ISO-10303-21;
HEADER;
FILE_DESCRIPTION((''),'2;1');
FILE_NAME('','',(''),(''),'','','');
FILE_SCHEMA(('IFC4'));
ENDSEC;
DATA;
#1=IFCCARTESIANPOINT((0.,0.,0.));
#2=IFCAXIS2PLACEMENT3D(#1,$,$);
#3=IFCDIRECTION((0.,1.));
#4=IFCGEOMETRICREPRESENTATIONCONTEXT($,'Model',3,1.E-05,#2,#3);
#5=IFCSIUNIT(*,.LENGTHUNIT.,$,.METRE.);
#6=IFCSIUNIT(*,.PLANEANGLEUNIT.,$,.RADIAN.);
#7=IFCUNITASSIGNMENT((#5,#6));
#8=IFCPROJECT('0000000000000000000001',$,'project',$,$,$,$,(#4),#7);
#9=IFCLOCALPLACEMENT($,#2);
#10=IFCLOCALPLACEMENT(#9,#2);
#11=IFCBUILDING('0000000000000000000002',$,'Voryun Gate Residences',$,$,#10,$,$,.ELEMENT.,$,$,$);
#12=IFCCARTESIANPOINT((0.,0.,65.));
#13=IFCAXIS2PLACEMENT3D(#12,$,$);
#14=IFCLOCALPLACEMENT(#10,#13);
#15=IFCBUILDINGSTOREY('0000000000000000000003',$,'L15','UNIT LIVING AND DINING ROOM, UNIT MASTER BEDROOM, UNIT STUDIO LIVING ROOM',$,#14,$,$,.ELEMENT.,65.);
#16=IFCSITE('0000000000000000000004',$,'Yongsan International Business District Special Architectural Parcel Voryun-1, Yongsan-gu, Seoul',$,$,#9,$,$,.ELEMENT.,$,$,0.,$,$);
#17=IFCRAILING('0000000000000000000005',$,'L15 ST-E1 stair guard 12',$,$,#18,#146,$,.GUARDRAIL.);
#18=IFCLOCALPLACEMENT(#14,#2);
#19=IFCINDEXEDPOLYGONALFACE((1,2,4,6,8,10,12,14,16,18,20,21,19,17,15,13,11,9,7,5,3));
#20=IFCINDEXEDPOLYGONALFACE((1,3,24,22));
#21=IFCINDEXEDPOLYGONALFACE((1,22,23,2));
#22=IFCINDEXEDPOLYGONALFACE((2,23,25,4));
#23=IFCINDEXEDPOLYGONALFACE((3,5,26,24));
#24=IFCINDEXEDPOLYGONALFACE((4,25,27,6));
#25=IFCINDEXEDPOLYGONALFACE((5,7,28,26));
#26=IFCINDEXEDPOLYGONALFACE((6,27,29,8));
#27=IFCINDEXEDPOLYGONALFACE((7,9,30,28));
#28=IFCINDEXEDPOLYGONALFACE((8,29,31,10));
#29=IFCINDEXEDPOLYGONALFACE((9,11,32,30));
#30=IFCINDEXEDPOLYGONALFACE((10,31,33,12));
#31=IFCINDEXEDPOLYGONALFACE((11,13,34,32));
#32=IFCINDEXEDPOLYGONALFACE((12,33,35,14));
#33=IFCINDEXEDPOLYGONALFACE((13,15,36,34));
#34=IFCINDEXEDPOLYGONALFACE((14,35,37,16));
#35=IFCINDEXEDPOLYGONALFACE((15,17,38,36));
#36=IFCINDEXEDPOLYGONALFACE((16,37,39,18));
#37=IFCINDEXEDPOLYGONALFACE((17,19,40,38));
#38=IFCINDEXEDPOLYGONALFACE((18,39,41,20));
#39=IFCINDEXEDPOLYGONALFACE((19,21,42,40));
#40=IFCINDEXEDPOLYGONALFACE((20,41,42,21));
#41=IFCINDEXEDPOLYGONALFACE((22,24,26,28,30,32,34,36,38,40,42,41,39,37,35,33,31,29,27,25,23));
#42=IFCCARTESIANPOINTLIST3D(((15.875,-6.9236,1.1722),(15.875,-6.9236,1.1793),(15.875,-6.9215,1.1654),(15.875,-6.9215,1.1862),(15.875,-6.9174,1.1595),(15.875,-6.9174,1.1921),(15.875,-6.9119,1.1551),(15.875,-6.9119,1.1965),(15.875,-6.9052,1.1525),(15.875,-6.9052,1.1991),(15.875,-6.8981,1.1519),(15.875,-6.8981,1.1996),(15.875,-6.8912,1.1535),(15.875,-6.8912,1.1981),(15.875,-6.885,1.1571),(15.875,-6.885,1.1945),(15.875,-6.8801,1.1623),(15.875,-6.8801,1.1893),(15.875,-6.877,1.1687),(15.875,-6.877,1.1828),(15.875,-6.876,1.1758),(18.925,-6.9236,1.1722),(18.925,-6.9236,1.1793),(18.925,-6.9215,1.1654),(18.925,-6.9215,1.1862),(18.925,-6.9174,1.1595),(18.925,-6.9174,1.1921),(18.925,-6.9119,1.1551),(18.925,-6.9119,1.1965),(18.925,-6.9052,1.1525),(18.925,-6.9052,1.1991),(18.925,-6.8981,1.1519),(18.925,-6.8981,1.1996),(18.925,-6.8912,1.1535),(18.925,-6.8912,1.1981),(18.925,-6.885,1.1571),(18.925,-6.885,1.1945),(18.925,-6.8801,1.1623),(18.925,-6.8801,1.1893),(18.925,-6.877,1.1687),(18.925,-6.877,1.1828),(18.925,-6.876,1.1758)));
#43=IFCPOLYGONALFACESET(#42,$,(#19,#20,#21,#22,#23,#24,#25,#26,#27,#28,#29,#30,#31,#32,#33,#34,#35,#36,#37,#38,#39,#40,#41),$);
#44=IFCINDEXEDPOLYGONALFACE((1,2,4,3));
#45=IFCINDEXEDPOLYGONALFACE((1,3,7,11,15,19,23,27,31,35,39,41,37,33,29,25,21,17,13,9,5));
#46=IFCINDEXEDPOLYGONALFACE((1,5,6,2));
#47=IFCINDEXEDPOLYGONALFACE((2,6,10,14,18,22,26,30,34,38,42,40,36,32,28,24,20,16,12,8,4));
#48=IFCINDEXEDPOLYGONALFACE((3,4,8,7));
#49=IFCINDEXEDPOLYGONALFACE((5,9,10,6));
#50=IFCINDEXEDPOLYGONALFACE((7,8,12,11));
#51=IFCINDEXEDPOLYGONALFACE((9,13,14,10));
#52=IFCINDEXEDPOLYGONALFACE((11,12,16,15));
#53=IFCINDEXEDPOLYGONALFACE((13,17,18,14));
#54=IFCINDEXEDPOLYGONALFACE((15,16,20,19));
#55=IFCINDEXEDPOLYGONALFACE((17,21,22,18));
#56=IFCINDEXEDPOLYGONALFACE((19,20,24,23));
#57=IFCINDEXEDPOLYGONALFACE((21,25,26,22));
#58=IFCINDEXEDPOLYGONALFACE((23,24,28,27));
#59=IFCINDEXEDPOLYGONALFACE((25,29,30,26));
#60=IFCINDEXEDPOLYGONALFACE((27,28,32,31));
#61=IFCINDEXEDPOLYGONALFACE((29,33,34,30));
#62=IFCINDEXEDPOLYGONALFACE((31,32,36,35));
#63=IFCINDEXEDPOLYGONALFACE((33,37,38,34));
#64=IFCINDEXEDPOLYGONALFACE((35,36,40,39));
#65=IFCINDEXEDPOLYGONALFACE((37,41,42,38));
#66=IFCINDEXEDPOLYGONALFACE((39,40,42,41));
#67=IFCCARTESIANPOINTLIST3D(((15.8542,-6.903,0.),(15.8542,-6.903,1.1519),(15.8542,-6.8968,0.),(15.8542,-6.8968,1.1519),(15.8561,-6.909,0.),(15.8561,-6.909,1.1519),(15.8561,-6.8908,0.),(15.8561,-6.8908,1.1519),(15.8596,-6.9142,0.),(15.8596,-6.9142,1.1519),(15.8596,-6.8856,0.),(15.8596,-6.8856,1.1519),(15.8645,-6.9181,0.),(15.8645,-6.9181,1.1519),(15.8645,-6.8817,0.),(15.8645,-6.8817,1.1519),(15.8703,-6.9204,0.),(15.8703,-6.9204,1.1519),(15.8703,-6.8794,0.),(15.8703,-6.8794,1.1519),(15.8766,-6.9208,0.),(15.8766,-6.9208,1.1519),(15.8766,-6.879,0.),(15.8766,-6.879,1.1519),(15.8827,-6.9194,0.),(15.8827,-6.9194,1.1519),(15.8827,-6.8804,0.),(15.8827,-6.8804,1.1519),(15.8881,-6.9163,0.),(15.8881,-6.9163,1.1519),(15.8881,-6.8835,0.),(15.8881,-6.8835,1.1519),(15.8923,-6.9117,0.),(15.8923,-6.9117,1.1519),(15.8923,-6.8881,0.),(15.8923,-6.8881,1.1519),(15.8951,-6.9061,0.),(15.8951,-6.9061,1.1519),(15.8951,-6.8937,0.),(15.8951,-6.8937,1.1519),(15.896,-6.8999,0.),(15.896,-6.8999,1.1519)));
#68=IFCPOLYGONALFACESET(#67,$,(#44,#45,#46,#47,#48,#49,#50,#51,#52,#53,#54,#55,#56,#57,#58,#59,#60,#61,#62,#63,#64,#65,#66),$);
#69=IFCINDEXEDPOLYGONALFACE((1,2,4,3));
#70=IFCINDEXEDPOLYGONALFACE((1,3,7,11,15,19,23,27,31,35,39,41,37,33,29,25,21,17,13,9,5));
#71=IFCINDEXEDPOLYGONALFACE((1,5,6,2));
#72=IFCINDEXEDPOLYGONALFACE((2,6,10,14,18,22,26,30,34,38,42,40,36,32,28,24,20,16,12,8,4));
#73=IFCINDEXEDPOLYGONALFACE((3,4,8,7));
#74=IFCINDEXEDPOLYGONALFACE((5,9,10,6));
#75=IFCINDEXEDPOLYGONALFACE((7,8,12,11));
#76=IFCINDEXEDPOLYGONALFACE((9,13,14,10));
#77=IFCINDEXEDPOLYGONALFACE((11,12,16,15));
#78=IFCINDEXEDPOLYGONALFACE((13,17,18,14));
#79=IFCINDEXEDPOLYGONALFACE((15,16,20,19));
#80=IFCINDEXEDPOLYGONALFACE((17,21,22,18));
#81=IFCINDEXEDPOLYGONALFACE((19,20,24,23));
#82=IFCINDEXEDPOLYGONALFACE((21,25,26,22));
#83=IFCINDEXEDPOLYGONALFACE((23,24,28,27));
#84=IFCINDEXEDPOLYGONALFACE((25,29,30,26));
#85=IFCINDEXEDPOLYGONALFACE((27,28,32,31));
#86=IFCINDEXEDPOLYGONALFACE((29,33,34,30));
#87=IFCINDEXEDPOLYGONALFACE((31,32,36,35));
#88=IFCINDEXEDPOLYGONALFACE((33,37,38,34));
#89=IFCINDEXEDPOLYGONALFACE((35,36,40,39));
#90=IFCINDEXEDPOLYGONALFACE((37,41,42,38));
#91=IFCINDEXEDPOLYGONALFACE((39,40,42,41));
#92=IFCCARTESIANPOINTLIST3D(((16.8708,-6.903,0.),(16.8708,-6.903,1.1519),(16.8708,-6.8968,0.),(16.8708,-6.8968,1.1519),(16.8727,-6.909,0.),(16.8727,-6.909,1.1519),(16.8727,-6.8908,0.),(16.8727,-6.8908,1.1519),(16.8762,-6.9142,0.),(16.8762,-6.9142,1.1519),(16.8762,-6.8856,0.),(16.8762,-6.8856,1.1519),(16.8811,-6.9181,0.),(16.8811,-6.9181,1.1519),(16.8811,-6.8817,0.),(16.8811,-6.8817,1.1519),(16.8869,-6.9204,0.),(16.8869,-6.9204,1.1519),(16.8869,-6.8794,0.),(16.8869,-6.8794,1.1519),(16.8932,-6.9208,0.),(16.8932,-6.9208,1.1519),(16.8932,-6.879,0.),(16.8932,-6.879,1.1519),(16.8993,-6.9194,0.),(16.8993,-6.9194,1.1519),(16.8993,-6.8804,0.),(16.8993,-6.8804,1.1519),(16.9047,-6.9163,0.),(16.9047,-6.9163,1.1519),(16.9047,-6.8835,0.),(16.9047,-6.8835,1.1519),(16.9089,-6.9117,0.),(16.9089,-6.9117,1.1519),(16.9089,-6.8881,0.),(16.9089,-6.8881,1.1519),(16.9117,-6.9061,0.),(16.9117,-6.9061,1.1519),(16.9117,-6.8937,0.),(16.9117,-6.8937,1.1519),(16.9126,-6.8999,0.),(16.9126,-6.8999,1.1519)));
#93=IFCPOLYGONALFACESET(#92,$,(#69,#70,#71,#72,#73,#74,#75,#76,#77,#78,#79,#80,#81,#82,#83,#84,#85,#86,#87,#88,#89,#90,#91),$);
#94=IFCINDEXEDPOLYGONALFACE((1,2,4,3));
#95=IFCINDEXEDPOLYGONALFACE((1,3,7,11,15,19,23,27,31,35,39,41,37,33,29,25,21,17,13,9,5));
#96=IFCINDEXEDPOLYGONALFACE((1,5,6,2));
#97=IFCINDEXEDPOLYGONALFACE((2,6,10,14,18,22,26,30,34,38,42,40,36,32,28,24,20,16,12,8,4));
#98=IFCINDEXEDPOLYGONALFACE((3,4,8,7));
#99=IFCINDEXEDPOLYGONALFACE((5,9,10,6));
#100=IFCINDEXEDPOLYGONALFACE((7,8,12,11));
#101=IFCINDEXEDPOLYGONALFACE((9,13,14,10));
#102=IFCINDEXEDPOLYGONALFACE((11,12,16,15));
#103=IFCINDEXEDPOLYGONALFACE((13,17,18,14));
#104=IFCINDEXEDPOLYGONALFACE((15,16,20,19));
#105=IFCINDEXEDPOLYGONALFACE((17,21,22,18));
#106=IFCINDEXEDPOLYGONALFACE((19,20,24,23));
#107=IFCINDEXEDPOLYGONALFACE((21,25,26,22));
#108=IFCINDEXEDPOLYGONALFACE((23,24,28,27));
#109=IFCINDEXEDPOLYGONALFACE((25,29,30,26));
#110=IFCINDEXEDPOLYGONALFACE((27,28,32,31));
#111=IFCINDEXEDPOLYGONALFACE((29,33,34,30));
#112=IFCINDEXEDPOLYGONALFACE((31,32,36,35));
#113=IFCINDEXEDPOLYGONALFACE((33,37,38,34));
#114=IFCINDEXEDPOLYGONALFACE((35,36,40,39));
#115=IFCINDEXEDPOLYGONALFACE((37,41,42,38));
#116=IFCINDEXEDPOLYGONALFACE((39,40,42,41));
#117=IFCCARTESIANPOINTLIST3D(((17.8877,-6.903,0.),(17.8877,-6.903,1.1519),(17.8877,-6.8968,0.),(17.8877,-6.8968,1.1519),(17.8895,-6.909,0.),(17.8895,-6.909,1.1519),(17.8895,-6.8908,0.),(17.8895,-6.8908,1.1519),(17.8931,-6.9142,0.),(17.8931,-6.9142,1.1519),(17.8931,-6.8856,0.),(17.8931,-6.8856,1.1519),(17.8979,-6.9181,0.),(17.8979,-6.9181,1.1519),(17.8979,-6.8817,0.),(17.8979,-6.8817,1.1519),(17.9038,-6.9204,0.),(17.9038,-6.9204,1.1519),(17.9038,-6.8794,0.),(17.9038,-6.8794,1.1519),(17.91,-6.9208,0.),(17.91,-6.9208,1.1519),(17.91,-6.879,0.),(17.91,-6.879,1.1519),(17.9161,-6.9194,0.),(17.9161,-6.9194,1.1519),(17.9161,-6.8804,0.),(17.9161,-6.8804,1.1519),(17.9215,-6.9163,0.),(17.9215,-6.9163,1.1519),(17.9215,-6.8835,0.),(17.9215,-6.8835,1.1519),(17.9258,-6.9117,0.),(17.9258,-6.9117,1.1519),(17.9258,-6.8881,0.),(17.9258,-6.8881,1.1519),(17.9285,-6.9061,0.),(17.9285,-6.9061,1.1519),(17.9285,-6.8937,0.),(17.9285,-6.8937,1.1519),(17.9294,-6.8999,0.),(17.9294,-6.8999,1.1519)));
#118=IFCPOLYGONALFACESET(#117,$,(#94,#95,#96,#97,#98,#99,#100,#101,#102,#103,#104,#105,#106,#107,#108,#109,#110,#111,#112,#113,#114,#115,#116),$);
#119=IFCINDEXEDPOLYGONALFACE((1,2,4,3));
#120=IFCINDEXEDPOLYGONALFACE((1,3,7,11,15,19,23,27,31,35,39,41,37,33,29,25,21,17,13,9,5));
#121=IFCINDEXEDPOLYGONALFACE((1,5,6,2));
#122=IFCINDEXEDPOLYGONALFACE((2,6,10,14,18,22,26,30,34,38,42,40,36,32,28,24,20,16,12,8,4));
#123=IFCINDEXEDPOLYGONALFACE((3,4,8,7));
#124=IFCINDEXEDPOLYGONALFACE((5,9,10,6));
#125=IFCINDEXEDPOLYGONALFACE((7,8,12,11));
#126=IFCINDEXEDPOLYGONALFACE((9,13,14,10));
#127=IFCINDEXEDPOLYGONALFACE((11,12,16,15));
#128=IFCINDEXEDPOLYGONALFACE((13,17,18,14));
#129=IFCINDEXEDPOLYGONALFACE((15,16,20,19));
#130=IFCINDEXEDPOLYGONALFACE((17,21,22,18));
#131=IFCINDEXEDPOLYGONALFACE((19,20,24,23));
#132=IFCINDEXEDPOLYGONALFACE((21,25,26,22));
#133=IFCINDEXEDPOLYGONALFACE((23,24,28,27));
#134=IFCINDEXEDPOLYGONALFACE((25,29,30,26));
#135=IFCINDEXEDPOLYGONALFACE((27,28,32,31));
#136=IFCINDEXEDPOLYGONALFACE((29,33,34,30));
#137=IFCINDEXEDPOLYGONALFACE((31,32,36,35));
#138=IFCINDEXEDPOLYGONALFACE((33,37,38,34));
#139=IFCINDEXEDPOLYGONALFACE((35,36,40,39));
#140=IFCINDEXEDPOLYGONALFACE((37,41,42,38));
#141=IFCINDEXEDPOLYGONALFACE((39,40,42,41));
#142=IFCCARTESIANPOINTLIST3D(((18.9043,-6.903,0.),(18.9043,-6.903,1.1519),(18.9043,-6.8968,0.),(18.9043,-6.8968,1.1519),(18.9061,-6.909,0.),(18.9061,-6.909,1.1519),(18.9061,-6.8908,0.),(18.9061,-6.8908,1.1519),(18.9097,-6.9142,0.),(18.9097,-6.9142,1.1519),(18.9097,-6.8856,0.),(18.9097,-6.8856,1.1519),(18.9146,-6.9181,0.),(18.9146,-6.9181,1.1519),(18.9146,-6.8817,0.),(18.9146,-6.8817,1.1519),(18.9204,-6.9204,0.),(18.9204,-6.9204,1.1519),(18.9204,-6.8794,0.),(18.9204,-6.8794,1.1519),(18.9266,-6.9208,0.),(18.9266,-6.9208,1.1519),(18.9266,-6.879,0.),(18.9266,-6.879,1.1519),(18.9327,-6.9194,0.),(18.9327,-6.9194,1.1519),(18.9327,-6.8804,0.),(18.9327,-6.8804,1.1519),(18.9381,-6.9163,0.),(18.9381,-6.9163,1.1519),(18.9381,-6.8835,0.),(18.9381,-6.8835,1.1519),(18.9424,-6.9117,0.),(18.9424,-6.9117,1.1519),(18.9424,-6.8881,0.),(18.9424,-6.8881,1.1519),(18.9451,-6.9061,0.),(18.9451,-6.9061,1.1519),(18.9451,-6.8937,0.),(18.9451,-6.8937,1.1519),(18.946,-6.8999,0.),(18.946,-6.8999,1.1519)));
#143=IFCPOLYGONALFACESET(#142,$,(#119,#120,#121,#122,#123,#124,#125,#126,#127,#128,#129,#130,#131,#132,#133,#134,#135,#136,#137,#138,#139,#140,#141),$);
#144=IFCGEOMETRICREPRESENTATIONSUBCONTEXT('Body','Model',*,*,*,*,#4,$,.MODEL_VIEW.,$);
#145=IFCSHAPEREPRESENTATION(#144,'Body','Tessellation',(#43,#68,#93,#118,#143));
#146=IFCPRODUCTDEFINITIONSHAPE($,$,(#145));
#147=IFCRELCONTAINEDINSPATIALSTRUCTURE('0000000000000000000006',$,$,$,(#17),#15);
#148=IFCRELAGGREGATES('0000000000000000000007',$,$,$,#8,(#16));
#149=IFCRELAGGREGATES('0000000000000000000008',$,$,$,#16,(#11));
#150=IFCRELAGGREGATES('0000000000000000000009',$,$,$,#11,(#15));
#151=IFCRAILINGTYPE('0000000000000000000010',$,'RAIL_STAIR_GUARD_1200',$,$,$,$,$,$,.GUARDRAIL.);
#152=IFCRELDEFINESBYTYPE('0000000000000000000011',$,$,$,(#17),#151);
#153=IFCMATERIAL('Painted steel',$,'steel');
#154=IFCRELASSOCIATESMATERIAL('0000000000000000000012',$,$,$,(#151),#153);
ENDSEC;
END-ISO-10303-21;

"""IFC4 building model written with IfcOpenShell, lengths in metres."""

from ifc_helpers import new_model, si_unit, direction, frame, origin, origin_2d, place, context, subcontext, project, spatial, circle, extrude, material, type_object, element, save


model = new_model("IFC4")

# Units and contexts
model_context = context("Model", 3, precision=1e-05, world=origin(), true_north=direction((0.0, 1.0)))
body_context = subcontext(model_context, "Body", "Model", "MODEL_VIEW")
ifc_project = project(units=[si_unit("LENGTHUNIT", "METRE"), si_unit("PLANEANGLEUNIT", "RADIAN")], contexts=[model_context])

# Site, building, storey
site_placement = place(None, origin())
site = spatial("IfcSite", under=ifc_project, at=site_placement, Name="Yongsan International Business District Special Architectural Parcel Voryun-1, Yongsan-gu, Seoul", CompositionType="ELEMENT", RefElevation=0.0)
building_placement = place(site_placement, origin())
building = spatial("IfcBuilding", under=site, at=building_placement, Name="Voryun Gate Residences", CompositionType="ELEMENT")
storey_placement = place(building_placement, frame((0.0, 0.0, 65.0)))
storey = spatial("IfcBuildingStorey", under=building, at=storey_placement, Name="L15", Description="UNIT LIVING AND DINING ROOM, UNIT MASTER BEDROOM, UNIT STUDIO LIVING ROOM", CompositionType="ELEMENT", Elevation=65.0)

# Railing
ifc_material_1 = material(Name="Painted steel", Category="steel")
railing_type_1 = type_object("IfcRailingType", Name="RAIL_STAIR_GUARD_1200", PredefinedType="GUARDRAIL", material=ifc_material_1)
railing_1_placement = place(storey_placement, frame((15.875, -6.8999, 0.0)))
element("IfcRailing", 1, at=railing_1_placement, inside=storey, type_object=railing_type_1, Name="L15 ST-E1 stair guard 12", PredefinedType="GUARDRAIL", context=body_context, shape_type="SweptSolid", body=[
    extrude(circle(Radius=0.0239, at=origin_2d()), frame((0.0, 0.0, 1.1758), z_axis=(1.0, 0.0, 0.0), x_axis=(0.0, 1.0, 0.0)), (0.0, 0.0, 1.0), 3.05),
    extrude(circle(Radius=0.021, at=origin_2d()), origin(), (0.0, 0.0, 1.0), 1.1519),
    extrude(circle(Radius=0.021, at=origin_2d()), frame((1.0166, 0.0, 0.0)), (0.0, 0.0, 1.0), 1.1519),
    extrude(circle(Radius=0.021, at=origin_2d()), frame((2.0334, 0.0, 0.0)), (0.0, 0.0, 1.0), 1.1519),
    extrude(circle(Radius=0.021, at=origin_2d()), frame((3.05, 0.0, 0.0)), (0.0, 0.0, 1.0), 1.1519),
])

save(model, "model.ifc")
